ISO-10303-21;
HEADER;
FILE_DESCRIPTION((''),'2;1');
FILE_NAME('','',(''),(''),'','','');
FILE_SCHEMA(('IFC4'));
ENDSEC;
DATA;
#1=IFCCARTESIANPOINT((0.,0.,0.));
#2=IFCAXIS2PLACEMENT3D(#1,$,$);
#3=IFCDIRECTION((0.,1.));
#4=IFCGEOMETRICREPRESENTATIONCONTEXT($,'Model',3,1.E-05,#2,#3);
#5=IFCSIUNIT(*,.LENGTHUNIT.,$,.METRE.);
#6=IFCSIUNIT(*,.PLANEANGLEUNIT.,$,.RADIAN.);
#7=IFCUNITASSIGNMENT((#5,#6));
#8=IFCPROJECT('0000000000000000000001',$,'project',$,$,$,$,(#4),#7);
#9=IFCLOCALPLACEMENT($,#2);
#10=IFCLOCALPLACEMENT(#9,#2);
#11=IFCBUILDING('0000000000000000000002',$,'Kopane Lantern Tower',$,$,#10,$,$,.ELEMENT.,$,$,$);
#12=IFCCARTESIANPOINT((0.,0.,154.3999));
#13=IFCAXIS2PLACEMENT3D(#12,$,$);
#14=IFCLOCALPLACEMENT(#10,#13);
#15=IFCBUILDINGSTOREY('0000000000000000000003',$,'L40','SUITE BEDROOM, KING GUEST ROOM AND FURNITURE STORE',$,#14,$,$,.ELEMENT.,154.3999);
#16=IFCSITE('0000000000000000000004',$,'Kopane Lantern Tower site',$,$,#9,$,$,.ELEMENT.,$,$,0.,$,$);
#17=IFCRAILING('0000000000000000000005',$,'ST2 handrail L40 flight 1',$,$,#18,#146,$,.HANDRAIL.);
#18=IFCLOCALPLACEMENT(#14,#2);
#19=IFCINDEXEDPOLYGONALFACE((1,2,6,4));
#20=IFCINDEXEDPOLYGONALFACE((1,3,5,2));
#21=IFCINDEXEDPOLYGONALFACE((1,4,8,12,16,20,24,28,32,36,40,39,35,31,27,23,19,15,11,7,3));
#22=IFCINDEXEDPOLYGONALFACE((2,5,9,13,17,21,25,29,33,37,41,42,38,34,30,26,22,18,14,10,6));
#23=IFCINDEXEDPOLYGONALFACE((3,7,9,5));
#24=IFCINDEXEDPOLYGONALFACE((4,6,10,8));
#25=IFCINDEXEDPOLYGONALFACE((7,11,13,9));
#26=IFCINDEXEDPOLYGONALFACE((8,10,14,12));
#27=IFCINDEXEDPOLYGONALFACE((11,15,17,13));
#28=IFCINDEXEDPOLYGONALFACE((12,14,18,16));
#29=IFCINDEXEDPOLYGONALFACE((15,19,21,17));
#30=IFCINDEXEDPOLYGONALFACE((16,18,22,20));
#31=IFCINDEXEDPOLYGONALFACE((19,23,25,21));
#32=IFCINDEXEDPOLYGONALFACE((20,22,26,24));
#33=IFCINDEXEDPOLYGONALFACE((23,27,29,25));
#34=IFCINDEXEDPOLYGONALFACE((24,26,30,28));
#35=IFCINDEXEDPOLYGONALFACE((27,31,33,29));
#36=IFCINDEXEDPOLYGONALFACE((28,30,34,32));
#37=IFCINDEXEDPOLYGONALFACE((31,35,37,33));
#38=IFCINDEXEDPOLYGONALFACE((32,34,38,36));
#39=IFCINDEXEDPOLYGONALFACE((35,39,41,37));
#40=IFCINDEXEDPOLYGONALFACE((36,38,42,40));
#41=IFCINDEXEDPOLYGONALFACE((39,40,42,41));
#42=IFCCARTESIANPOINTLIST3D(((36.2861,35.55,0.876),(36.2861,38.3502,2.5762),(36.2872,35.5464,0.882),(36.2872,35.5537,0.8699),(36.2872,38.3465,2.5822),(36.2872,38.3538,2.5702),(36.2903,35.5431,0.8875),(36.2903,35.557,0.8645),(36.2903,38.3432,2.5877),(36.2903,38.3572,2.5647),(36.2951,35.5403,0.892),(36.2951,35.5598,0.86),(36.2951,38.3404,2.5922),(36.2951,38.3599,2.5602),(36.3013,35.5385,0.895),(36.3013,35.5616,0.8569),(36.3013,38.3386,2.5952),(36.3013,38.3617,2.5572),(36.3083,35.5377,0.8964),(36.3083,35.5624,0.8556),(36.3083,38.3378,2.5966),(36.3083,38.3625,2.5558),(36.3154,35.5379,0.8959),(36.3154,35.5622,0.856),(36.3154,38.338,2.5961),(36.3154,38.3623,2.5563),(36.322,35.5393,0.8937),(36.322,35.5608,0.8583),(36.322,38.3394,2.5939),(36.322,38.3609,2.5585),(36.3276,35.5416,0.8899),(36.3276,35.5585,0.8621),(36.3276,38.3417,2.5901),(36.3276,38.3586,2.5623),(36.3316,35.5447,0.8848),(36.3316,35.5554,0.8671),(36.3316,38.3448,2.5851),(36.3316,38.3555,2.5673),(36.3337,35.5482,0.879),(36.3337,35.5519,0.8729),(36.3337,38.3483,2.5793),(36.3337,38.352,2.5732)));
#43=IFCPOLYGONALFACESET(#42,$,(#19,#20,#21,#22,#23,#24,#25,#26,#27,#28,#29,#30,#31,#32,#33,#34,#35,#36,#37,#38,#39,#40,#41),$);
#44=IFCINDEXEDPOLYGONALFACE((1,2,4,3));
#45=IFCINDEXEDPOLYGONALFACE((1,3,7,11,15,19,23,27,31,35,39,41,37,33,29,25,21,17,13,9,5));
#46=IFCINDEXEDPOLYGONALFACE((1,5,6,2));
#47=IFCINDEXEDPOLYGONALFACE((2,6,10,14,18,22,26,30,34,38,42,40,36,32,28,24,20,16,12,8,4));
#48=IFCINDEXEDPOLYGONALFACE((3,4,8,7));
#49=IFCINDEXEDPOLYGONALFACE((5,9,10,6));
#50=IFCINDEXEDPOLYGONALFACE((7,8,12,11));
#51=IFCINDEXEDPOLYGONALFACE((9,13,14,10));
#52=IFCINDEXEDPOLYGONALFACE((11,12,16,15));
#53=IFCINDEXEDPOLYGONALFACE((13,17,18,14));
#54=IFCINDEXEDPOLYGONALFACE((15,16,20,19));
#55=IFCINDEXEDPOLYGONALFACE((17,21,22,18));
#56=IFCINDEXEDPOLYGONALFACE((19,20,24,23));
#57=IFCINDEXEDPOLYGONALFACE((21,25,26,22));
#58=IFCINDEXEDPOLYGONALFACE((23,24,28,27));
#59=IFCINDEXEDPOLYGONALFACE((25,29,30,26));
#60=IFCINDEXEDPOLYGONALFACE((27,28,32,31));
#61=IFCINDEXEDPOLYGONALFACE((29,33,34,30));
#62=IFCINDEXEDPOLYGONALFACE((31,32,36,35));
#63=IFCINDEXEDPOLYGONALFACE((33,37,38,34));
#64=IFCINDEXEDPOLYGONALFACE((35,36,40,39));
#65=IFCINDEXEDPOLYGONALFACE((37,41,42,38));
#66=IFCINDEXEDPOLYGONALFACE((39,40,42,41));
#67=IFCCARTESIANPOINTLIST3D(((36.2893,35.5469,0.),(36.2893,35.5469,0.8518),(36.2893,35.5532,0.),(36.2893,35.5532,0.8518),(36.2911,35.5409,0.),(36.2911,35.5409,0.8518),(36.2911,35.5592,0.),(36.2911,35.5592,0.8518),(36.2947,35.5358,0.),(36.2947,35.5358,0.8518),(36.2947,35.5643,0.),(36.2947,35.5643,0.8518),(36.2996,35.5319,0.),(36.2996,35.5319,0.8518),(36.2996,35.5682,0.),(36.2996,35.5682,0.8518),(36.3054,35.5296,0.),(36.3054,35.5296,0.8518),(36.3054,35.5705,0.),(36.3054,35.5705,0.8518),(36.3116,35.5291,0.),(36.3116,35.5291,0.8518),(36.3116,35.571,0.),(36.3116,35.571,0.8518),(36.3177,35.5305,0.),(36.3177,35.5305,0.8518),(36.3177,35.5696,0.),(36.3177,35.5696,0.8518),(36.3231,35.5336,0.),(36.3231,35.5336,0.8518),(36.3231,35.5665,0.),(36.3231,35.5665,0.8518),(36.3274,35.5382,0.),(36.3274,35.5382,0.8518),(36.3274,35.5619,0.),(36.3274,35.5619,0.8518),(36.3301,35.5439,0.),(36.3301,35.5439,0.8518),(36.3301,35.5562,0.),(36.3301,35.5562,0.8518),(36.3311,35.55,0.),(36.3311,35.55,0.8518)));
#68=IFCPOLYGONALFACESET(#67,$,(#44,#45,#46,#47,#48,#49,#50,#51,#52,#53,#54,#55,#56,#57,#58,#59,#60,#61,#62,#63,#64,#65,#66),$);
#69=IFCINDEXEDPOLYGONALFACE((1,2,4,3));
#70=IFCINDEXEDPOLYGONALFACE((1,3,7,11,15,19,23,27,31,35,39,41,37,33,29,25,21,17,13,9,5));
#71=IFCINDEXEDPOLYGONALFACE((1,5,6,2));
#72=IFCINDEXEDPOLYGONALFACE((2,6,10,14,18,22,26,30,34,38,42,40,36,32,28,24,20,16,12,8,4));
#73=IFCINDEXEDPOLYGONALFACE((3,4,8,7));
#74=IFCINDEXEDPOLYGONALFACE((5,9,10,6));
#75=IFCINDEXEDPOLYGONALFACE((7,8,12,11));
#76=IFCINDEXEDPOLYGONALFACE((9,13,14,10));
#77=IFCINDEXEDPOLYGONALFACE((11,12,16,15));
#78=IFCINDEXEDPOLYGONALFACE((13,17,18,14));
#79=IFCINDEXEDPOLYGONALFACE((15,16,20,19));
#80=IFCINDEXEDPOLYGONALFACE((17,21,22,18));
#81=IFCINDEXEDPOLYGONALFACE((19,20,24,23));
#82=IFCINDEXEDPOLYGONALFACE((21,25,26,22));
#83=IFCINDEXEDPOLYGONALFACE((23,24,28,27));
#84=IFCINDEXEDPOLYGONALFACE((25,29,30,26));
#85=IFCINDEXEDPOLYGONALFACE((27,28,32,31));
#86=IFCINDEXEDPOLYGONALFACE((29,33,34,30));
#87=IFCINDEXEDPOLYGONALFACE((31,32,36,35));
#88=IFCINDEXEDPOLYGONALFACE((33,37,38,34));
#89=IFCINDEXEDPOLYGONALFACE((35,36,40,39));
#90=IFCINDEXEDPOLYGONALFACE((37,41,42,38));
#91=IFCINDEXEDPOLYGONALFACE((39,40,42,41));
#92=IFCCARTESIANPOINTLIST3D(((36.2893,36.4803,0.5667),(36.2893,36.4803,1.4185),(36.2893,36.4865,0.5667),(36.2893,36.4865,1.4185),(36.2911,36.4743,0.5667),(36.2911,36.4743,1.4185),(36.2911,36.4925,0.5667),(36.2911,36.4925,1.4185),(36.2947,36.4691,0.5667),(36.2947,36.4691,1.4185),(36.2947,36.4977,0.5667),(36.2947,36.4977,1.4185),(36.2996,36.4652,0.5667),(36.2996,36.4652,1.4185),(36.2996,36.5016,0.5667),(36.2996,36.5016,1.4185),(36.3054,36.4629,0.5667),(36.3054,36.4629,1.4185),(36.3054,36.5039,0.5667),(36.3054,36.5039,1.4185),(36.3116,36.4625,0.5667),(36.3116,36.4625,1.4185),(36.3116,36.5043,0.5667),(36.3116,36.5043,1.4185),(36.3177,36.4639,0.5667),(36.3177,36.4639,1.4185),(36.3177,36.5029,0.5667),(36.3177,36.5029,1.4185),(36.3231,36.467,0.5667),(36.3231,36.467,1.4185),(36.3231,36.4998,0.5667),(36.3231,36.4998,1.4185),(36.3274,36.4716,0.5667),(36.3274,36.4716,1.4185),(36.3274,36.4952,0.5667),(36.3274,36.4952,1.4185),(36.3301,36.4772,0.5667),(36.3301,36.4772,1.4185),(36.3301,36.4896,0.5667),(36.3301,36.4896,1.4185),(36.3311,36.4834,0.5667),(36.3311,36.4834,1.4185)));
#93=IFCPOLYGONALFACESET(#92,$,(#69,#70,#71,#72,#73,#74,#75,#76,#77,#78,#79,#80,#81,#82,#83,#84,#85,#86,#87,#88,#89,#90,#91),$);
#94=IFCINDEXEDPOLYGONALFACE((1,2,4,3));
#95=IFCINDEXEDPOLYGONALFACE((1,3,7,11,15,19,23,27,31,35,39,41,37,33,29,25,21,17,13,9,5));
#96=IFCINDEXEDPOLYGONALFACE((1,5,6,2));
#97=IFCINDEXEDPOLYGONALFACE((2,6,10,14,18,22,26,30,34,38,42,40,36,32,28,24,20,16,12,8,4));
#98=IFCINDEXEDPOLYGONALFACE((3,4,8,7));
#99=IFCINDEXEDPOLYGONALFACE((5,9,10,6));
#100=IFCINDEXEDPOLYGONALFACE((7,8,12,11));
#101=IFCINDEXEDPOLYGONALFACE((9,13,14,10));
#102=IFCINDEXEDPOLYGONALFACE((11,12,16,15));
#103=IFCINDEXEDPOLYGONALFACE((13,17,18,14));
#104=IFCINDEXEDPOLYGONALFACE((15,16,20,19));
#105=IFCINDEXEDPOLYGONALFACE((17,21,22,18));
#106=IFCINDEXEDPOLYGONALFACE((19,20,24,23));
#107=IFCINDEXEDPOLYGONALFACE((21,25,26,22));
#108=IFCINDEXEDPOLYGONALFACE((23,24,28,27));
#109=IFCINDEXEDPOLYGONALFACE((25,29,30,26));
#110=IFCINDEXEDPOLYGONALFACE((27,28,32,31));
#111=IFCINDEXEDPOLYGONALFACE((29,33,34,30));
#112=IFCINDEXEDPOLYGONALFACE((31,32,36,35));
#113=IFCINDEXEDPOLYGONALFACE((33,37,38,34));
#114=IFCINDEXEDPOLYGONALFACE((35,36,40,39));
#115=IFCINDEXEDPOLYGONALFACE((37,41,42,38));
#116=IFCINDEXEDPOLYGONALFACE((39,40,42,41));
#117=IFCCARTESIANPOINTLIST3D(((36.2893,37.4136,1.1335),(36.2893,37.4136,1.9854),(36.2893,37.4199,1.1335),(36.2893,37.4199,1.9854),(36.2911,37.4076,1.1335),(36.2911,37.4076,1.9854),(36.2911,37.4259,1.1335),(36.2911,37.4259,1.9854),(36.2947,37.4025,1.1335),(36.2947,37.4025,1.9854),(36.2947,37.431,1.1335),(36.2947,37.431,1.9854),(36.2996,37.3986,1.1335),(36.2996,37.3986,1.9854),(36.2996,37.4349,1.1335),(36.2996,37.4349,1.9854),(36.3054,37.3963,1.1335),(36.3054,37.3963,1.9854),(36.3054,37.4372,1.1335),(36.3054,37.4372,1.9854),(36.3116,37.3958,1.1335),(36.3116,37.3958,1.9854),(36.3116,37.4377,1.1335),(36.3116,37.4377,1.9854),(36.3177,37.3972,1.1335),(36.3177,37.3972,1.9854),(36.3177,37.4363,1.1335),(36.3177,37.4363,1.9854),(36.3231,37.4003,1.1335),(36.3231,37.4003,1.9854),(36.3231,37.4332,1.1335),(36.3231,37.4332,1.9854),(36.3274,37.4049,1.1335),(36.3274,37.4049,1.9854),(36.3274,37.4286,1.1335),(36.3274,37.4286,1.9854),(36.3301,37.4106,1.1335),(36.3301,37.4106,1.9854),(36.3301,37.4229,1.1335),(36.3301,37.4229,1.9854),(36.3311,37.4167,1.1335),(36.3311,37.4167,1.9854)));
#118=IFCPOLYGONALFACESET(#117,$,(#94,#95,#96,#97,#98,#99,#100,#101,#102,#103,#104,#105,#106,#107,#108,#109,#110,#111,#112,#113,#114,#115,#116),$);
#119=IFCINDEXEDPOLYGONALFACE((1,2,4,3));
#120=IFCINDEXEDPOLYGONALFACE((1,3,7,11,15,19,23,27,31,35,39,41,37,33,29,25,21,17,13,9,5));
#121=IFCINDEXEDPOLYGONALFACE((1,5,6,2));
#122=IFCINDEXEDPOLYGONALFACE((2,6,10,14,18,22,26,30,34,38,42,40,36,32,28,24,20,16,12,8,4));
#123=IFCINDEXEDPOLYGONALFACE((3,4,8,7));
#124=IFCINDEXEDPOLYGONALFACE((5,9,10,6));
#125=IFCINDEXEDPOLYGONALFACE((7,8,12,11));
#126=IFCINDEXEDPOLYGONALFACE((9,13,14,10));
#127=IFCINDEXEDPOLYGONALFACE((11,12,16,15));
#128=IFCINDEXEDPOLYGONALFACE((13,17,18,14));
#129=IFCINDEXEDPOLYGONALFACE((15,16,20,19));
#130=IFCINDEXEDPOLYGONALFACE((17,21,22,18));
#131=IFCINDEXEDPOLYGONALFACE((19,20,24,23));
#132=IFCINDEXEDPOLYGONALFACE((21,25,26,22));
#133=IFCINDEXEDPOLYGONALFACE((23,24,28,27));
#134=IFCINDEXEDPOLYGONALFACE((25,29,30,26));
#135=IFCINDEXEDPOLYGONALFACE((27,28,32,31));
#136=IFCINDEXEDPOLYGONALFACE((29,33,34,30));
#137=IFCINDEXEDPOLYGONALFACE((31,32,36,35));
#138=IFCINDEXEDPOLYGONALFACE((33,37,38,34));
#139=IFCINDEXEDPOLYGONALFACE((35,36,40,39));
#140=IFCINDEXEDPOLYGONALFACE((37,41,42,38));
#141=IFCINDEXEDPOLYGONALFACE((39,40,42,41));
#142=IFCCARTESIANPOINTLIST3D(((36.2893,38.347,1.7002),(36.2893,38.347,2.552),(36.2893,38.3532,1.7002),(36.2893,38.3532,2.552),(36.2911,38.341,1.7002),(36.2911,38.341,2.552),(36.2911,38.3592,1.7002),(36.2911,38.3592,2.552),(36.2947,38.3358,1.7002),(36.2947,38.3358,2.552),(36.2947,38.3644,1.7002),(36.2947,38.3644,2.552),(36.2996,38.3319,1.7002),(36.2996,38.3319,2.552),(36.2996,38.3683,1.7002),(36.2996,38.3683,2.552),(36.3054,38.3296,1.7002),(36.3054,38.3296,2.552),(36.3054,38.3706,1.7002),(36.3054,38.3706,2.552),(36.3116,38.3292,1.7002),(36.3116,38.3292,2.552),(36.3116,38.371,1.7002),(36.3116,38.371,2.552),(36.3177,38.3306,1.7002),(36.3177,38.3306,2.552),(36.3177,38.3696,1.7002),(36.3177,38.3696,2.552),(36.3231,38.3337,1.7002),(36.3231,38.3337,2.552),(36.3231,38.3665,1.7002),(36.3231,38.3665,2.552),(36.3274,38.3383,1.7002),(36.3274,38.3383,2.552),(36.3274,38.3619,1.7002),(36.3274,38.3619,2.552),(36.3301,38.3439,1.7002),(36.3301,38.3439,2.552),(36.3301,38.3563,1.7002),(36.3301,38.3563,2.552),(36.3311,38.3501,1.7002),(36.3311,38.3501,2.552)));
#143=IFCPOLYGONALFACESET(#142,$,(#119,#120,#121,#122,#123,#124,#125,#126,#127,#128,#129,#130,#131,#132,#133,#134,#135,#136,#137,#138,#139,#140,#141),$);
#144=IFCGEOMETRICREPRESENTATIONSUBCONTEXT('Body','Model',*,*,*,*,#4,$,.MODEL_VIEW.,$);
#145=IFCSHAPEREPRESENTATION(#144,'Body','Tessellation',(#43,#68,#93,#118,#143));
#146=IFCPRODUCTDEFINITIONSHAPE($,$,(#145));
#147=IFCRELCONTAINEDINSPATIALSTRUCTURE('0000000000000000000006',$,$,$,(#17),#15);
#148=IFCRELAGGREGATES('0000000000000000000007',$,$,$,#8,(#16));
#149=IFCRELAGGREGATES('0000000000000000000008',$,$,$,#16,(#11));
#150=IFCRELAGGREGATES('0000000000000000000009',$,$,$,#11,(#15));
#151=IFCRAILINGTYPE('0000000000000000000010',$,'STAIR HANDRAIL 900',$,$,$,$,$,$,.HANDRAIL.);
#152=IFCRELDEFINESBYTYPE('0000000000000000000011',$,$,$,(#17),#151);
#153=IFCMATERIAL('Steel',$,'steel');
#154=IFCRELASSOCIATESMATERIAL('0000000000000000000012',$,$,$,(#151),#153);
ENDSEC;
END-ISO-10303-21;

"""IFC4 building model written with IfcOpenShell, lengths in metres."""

from ifc_helpers import new_model, si_unit, direction, frame, origin, origin_2d, place, context, subcontext, project, spatial, circle, extrude, material, type_object, element, save


model = new_model("IFC4")

# Units and contexts
model_context = context("Model", 3, precision=1e-05, world=origin(), true_north=direction((0.0, 1.0)))
body_context = subcontext(model_context, "Body", "Model", "MODEL_VIEW")
ifc_project = project(units=[si_unit("LENGTHUNIT", "METRE"), si_unit("PLANEANGLEUNIT", "RADIAN")], contexts=[model_context])

# Site, building, storey
site_placement = place(None, origin())
site = spatial("IfcSite", under=ifc_project, at=site_placement, Name="Kopane Lantern Tower site", CompositionType="ELEMENT", RefElevation=0.0)
building_placement = place(site_placement, origin())
building = spatial("IfcBuilding", under=site, at=building_placement, Name="Kopane Lantern Tower", CompositionType="ELEMENT")
storey_placement = place(building_placement, frame((0.0, 0.0, 154.3999)))
storey = spatial("IfcBuildingStorey", under=building, at=storey_placement, Name="L40", Description="SUITE BEDROOM, KING GUEST ROOM AND FURNITURE STORE", CompositionType="ELEMENT", Elevation=154.3999)

# Railing
ifc_material_1 = material(Name="Steel", Category="steel")
railing_type_1 = type_object("IfcRailingType", Name="STAIR HANDRAIL 900", PredefinedType="HANDRAIL", material=ifc_material_1)
for number, where, name in (
    (1, (36.3101, 35.55, 0.0), "ST2 handrail L40 flight 1"),
):
    element("IfcRailing", number, at=place(storey_placement, frame(where)), inside=storey, type_object=railing_type_1, Name=name, PredefinedType="HANDRAIL", context=body_context, shape_type="SweptSolid", body=[
        extrude(circle(Radius=0.0239, at=origin_2d()), frame((0.0, 0.0, 0.876), z_axis=(0.0, 0.854765, 0.519015), x_axis=(-1.0, 0.0, 0.0)), (0.0, 0.0, 1.0), 3.2759),
        extrude(circle(Radius=0.021, at=origin_2d()), origin(), (0.0, 0.0, 1.0), 0.8518),
        extrude(circle(Radius=0.021, at=origin_2d()), frame((0.0, 0.9333, 0.5667)), (0.0, 0.0, 1.0), 0.8518),
        extrude(circle(Radius=0.021, at=origin_2d()), frame((0.0, 1.8667, 1.1335)), (0.0, 0.0, 1.0), 0.8518),
        extrude(circle(Radius=0.021, at=origin_2d()), frame((0.0, 2.8, 1.7002)), (0.0, 0.0, 1.0), 0.8518),
    ])

save(model, "model.ifc")
